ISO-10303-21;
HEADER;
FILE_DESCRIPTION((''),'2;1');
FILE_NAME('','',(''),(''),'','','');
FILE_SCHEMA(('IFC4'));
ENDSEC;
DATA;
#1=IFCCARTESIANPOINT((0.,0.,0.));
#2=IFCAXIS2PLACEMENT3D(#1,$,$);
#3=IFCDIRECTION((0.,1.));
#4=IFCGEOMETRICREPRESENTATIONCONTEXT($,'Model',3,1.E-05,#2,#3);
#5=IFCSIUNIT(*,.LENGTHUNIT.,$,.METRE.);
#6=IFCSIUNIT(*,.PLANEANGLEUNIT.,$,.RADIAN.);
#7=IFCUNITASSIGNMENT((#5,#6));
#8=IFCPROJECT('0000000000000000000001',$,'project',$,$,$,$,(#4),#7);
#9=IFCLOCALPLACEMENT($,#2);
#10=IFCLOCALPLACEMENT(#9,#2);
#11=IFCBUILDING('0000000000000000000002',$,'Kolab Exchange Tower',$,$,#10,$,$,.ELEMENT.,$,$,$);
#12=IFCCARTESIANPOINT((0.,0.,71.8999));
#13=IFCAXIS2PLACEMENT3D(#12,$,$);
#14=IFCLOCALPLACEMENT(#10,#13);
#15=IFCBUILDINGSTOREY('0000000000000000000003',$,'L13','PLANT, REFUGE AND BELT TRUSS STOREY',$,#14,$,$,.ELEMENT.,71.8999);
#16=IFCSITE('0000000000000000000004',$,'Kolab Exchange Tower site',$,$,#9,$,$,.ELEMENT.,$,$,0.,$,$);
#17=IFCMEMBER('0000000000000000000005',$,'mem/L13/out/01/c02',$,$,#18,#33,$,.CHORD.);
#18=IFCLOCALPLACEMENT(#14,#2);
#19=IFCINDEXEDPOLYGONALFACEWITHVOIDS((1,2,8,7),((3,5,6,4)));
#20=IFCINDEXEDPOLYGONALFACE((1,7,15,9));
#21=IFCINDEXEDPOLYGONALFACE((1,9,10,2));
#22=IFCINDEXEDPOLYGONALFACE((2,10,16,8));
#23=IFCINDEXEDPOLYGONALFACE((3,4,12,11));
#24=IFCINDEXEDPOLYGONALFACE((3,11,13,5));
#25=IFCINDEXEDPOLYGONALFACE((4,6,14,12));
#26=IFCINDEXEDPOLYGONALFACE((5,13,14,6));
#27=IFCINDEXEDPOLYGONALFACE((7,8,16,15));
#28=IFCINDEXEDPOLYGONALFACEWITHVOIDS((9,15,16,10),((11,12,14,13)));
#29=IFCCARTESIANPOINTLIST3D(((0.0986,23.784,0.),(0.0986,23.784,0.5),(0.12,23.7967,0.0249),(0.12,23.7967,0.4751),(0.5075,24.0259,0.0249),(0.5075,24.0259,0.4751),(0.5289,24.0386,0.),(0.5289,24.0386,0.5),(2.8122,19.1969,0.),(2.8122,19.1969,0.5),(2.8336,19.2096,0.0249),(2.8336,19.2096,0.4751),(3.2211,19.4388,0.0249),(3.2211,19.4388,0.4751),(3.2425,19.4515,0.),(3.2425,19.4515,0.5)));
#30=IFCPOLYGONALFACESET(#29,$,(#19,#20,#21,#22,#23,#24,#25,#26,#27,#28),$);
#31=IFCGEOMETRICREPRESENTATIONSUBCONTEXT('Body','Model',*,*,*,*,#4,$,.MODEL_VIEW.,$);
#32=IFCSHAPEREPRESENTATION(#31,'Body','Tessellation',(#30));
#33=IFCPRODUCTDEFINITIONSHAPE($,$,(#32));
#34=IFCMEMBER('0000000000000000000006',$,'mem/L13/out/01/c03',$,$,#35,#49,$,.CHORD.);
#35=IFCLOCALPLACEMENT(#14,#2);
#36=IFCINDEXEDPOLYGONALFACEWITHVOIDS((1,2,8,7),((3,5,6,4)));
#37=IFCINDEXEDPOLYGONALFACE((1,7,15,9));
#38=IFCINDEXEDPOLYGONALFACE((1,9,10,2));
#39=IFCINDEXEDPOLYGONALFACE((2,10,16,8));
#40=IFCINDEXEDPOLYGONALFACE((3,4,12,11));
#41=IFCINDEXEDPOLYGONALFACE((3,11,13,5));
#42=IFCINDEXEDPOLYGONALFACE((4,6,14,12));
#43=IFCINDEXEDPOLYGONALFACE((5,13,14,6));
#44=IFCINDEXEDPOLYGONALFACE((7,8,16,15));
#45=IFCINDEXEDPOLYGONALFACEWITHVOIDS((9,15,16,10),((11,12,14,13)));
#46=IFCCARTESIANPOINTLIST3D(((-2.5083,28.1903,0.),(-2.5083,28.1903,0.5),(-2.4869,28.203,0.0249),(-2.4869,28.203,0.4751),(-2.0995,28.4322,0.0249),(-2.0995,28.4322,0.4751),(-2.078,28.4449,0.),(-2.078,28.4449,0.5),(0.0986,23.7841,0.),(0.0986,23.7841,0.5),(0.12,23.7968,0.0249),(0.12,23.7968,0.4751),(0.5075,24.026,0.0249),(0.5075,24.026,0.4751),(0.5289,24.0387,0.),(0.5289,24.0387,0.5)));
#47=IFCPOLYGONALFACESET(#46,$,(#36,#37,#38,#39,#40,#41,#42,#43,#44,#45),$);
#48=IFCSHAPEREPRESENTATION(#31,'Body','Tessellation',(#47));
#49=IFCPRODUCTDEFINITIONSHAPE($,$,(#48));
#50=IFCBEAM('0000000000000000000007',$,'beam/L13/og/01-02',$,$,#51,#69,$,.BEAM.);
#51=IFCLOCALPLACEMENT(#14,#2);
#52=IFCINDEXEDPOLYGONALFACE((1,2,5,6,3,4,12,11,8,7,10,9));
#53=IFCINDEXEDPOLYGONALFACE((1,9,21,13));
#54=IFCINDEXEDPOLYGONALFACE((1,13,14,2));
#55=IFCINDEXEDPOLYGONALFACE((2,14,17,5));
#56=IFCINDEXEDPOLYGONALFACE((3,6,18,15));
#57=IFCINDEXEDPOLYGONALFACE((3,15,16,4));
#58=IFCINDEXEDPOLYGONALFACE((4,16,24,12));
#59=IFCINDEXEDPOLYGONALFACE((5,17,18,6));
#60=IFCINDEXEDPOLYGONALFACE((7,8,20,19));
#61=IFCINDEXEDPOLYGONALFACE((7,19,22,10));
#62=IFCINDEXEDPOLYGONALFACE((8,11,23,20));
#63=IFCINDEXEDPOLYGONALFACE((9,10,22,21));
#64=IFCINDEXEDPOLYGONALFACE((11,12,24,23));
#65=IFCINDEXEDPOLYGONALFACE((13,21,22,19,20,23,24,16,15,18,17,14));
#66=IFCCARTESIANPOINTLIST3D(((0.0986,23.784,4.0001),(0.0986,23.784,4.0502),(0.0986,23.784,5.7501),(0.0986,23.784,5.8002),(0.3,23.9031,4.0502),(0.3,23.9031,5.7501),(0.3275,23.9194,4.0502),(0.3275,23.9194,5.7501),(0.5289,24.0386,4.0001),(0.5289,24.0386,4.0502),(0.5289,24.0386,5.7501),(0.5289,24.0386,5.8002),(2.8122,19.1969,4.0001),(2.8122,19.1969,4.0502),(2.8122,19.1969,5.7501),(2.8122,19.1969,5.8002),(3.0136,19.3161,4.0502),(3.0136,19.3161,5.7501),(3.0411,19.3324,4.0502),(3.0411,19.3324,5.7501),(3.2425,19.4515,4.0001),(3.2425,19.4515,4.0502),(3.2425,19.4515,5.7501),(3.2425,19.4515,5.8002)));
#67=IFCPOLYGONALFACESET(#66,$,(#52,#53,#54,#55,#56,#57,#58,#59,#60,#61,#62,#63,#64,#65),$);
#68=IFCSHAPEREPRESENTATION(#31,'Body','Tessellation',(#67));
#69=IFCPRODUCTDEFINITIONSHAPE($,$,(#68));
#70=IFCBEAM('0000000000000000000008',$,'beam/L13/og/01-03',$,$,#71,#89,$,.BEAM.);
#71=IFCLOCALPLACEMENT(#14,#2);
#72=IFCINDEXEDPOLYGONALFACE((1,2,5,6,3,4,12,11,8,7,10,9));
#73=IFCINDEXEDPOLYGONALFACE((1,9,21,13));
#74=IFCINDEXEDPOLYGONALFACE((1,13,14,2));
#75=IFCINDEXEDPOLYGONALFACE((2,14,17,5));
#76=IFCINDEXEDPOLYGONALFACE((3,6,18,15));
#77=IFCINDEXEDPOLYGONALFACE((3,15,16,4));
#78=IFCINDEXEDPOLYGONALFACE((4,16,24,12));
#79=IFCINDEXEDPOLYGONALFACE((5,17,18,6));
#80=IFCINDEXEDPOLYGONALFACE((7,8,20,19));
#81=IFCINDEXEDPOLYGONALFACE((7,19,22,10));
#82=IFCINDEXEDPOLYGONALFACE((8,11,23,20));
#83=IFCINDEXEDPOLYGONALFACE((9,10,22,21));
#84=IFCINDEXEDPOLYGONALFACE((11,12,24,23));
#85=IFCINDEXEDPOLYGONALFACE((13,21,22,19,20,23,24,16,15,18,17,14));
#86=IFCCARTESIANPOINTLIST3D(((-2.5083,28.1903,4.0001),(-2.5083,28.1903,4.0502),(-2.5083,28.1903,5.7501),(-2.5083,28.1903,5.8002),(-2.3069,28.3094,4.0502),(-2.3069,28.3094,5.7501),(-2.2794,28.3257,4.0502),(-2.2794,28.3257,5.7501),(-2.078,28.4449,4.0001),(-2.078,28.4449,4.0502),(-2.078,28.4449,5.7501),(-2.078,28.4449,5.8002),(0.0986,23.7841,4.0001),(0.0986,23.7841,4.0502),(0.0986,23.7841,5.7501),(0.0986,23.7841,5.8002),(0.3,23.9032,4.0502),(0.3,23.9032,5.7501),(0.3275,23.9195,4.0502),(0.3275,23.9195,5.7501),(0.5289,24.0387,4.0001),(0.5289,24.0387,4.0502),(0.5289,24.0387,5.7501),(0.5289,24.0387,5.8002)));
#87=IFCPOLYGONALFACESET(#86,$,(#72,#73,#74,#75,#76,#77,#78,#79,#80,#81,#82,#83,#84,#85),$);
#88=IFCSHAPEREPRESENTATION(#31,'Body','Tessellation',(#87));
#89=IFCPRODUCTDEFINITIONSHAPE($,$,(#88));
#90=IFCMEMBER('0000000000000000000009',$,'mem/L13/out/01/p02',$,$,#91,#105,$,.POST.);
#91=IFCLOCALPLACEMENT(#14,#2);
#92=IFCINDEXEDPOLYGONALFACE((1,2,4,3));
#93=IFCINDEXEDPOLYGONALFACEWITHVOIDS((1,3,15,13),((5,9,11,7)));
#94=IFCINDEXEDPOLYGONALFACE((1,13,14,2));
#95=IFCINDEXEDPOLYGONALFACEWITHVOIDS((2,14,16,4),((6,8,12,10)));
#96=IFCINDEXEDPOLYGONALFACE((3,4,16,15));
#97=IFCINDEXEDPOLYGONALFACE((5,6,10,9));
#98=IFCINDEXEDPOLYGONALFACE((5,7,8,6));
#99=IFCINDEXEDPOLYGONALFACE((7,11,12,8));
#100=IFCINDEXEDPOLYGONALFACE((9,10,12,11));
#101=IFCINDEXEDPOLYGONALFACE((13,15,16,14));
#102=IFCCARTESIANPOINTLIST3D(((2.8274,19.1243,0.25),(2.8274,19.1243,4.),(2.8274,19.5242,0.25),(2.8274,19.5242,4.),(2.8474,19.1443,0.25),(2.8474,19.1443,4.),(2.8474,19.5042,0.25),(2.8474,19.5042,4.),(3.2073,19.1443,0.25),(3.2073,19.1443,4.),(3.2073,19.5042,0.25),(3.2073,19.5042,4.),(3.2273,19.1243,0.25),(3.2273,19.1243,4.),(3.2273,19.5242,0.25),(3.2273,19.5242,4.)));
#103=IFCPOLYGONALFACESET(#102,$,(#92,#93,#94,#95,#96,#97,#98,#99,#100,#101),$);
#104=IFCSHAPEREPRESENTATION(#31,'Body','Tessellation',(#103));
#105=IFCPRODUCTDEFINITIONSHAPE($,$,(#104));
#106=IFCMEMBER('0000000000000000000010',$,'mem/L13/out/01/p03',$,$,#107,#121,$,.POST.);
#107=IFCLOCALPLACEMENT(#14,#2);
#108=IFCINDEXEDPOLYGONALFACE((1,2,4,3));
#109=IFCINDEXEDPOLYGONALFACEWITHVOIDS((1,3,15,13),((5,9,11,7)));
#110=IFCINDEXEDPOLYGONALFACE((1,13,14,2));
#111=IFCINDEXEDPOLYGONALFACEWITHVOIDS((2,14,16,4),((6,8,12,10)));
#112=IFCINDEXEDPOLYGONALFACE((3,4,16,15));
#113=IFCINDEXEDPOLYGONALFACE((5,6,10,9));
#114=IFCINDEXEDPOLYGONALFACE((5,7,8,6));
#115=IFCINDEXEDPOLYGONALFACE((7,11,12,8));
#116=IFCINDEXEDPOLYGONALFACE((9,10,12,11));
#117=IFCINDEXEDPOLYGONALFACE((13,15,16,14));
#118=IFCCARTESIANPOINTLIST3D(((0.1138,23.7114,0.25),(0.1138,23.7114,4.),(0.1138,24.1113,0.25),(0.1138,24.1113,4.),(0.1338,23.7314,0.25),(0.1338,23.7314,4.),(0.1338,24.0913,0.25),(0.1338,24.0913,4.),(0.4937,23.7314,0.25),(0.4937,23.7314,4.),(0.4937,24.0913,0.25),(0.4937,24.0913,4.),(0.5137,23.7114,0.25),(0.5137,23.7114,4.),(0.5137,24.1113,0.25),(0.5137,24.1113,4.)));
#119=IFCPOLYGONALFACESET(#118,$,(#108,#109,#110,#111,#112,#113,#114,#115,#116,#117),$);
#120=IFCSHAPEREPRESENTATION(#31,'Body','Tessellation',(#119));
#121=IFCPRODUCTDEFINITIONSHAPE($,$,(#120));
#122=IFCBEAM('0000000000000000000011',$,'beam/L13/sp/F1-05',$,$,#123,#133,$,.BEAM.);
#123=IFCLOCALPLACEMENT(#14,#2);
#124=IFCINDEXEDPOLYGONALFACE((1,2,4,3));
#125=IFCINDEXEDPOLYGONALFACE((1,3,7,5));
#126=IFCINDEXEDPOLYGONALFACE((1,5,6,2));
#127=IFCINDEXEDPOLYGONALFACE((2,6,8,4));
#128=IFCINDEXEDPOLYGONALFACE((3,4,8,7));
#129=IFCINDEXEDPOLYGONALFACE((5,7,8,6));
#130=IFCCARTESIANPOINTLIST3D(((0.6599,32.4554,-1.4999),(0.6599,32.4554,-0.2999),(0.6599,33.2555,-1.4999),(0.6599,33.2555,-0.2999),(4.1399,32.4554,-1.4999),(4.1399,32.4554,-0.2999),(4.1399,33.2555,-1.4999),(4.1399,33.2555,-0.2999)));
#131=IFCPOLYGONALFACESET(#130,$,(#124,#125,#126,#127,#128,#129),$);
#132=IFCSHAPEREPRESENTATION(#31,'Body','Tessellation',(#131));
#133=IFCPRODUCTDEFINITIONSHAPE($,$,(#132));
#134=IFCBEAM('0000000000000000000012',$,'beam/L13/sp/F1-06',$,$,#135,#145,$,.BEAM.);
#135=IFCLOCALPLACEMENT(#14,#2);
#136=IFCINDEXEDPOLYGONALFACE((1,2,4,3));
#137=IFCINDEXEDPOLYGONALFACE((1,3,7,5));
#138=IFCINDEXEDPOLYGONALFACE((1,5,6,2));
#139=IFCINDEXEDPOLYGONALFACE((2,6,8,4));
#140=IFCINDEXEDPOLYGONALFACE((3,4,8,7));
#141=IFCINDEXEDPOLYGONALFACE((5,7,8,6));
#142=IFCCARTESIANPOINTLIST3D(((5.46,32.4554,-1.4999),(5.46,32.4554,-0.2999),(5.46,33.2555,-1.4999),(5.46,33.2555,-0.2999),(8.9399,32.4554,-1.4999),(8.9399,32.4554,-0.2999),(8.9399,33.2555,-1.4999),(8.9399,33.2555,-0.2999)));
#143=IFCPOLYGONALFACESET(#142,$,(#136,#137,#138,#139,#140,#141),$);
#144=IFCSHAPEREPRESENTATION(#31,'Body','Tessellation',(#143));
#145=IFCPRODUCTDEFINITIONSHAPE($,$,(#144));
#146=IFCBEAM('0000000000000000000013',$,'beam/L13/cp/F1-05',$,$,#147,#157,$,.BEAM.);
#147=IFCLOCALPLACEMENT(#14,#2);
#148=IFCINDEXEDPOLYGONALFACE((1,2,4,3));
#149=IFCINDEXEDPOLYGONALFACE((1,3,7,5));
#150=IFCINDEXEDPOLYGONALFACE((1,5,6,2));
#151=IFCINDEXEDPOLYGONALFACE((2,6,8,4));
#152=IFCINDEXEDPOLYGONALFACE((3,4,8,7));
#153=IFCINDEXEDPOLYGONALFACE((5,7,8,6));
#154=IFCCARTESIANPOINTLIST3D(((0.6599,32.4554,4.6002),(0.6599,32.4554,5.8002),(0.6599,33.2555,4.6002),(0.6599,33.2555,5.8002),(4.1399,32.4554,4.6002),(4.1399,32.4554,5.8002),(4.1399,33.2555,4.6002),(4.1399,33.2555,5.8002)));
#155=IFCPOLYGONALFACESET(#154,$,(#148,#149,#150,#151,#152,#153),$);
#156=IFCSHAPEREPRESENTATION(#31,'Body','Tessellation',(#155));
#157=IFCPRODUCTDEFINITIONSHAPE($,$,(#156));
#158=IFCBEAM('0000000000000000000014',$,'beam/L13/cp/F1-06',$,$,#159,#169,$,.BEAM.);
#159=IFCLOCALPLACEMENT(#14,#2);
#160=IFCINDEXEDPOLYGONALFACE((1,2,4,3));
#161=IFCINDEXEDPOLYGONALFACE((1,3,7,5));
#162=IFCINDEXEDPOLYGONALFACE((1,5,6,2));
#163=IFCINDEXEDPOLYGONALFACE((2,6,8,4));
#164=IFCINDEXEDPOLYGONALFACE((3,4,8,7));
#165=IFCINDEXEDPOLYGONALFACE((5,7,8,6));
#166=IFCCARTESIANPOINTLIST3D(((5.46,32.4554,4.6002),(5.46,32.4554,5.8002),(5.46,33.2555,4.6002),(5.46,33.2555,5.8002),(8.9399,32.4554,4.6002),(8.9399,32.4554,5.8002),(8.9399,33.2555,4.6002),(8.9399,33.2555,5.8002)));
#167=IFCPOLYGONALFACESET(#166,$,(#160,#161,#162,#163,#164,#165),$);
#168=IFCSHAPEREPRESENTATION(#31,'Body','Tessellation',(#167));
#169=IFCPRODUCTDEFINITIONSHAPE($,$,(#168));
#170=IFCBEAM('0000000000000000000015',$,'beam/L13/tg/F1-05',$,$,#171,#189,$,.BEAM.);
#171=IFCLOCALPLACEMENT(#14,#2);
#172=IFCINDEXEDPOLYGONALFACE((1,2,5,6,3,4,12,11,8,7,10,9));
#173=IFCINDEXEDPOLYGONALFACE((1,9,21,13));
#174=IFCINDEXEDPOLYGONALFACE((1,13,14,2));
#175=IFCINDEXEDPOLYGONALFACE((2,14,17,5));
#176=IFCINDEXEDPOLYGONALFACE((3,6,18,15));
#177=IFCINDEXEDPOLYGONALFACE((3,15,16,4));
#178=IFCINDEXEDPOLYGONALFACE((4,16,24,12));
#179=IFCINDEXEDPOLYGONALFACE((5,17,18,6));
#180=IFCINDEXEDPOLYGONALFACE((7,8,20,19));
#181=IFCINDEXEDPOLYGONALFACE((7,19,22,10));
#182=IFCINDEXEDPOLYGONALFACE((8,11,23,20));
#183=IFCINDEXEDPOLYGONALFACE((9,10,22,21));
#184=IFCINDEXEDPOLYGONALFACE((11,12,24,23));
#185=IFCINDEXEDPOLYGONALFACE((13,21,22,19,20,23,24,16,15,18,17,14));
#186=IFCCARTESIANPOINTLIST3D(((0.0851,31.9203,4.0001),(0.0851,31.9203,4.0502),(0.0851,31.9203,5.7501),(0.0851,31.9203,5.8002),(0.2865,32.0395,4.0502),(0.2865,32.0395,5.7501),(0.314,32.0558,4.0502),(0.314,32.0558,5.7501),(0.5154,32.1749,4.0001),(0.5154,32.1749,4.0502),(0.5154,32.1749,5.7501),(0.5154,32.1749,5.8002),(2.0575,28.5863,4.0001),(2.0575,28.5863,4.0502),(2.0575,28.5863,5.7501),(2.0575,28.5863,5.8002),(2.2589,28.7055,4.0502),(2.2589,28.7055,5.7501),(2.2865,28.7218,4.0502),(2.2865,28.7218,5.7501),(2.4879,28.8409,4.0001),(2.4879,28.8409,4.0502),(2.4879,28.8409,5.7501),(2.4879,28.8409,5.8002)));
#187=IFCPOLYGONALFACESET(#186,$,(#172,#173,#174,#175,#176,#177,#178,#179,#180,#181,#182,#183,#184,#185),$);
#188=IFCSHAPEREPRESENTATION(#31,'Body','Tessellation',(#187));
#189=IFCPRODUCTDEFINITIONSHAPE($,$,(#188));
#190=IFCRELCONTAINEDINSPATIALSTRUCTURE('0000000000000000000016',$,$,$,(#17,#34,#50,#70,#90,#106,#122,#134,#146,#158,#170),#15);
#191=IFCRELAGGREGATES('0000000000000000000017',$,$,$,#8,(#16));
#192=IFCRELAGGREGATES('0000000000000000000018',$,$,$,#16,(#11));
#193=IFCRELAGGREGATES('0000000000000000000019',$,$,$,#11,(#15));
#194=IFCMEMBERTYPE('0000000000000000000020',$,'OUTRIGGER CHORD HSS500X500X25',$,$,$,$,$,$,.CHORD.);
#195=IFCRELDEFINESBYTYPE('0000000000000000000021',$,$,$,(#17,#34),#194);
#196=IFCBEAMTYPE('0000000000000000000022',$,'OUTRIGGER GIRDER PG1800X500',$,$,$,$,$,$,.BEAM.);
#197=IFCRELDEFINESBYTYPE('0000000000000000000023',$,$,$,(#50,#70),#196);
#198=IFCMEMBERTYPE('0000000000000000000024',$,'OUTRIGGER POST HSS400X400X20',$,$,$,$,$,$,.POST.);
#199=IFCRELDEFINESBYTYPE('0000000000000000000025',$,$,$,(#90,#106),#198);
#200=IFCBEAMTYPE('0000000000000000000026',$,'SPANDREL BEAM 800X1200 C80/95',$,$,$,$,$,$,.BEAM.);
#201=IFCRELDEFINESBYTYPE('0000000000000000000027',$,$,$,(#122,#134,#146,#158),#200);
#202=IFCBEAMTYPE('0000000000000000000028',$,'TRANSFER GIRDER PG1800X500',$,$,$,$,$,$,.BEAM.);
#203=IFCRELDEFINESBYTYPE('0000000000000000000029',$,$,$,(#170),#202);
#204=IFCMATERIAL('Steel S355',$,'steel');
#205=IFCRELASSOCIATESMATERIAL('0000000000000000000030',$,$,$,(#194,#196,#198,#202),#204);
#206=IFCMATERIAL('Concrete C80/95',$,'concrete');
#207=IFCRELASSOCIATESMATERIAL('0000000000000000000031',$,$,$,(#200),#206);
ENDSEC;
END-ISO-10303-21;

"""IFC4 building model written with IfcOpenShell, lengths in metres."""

from ifc_helpers import new_model, si_unit, direction, frame, origin, origin_2d, place, context, subcontext, project, spatial, rectangle, hollow_rectangle, i_section, extrude, material, material_profile, profile_set, type_object, element, save


model = new_model("IFC4")

# Units and contexts
model_context = context("Model", 3, precision=1e-05, world=origin(), true_north=direction((0.0, 1.0)))
body_context = subcontext(model_context, "Body", "Model", "MODEL_VIEW")
ifc_project = project(units=[si_unit("LENGTHUNIT", "METRE"), si_unit("PLANEANGLEUNIT", "RADIAN")], contexts=[model_context])

# Site, building, storey
site_placement = place(None, origin())
site = spatial("IfcSite", under=ifc_project, at=site_placement, Name="Kolab Exchange Tower site", CompositionType="ELEMENT", RefElevation=0.0)
building_placement = place(site_placement, origin())
building = spatial("IfcBuilding", under=site, at=building_placement, Name="Kolab Exchange Tower", CompositionType="ELEMENT")
storey_placement = place(building_placement, frame((0.0, 0.0, 71.8999)))
storey = spatial("IfcBuildingStorey", under=building, at=storey_placement, Name="L13", Description="PLANT, REFUGE AND BELT TRUSS STOREY", CompositionType="ELEMENT", Elevation=71.8999)

# Shared definitions
ifc_material_1 = material(Name="Concrete C80/95", Category="concrete")

# Shared definitions
ifc_material_2 = material(Name="Steel S355", Category="steel")

# Members
ifc_material_profile_1 = material_profile(ifc_material_2, hollow_rectangle(XDim=0.5, YDim=0.5, WallThickness=0.0249, at=origin_2d()), Name="HSS500X500X25")
ifc_profile_set_1 = profile_set([ifc_material_profile_1], Name="Steel S355")
member_type_1 = type_object("IfcMemberType", Name="OUTRIGGER CHORD HSS500X500X25", PredefinedType="CHORD", material=ifc_profile_set_1)
member_1_placement = place(storey_placement, frame((3.0273, 19.3242, 0.25), z_axis=(-0.509151, 0.860677, 0.0), x_axis=(-0.860677, -0.509151, 0.0)))
element("IfcMember", 1, at=member_1_placement, inside=storey, type_object=member_type_1, Name="mem/L13/out/01/c02", PredefinedType="CHORD", context=body_context, shape_type="SweptSolid", body=[
    extrude(hollow_rectangle(XDim=0.5, YDim=0.5, WallThickness=0.0249, at=origin_2d()), origin(), (0.0, 0.0, 1.0), 5.3296),
])
member_2_placement = place(storey_placement, frame((0.3137, 23.9114, 0.25), z_axis=(-0.509198, 0.860649, 0.0), x_axis=(-0.860649, -0.509198, 0.0)))
element("IfcMember", 2, at=member_2_placement, inside=storey, type_object=member_type_1, Name="mem/L13/out/01/c03", PredefinedType="CHORD", context=body_context, shape_type="SweptSolid", body=[
    extrude(hollow_rectangle(XDim=0.5, YDim=0.5, WallThickness=0.0249, at=origin_2d()), origin(), (0.0, 0.0, 1.0), 5.1196),
])

# Beams
ifc_material_profile_2 = material_profile(ifc_material_2, i_section(OverallWidth=0.5, OverallDepth=1.8, WebThickness=0.032, FlangeThickness=0.05, at=origin_2d()), Name="PG1800X500")
ifc_profile_set_2 = profile_set([ifc_material_profile_2], Name="Steel S355")
beam_type_1 = type_object("IfcBeamType", Name="OUTRIGGER GIRDER PG1800X500", PredefinedType="BEAM", material=ifc_profile_set_2)
beam_1_placement = place(storey_placement, frame((3.0273, 19.3242, 4.9001), z_axis=(-0.509151, 0.860677, 0.0), x_axis=(-0.860677, -0.509151, 0.0)))
element("IfcBeam", 3, at=beam_1_placement, inside=storey, type_object=beam_type_1, Name="beam/L13/og/01-02", PredefinedType="BEAM", context=body_context, shape_type="SweptSolid", body=[
    extrude(i_section(OverallWidth=0.5, OverallDepth=1.8, WebThickness=0.032, FlangeThickness=0.05, at=origin_2d()), origin(), (0.0, 0.0, 1.0), 5.3296),
])
beam_2_placement = place(storey_placement, frame((0.3137, 23.9114, 4.9001), z_axis=(-0.509198, 0.860649, 0.0), x_axis=(-0.860649, -0.509198, 0.0)))
element("IfcBeam", 4, at=beam_2_placement, inside=storey, type_object=beam_type_1, Name="beam/L13/og/01-03", PredefinedType="BEAM", context=body_context, shape_type="SweptSolid", body=[
    extrude(i_section(OverallWidth=0.5, OverallDepth=1.8, WebThickness=0.032, FlangeThickness=0.05, at=origin_2d()), origin(), (0.0, 0.0, 1.0), 5.1196),
])

# Members
ifc_material_profile_3 = material_profile(ifc_material_2, hollow_rectangle(XDim=0.3999, YDim=0.3999, WallThickness=0.02, at=origin_2d()), Name="HSS400X400X20")
ifc_profile_set_3 = profile_set([ifc_material_profile_3], Name="Steel S355")
member_type_2 = type_object("IfcMemberType", Name="OUTRIGGER POST HSS400X400X20", PredefinedType="POST", material=ifc_profile_set_3)
for number, where, z_axis, x_axis, name in (
    (5, (3.0273, 19.3242, 0.25), (0.0, 0.0, 1.0), (1.0, 0.0, 0.0), "mem/L13/out/01/p02"),
    (6, (0.3137, 23.9114, 0.25), (0.0, 0.0, 1.0), (1.0, 0.0, 0.0), "mem/L13/out/01/p03"),
):
    element("IfcMember", number, at=place(storey_placement, frame(where, z_axis=z_axis, x_axis=x_axis)), inside=storey, type_object=member_type_2, Name=name, PredefinedType="POST", context=body_context, shape_type="SweptSolid", body=[
        extrude(hollow_rectangle(XDim=0.3999, YDim=0.3999, WallThickness=0.02, at=origin_2d()), origin(), (0.0, 0.0, 1.0), 3.75),
    ])

# Beams
ifc_material_profile_4 = material_profile(ifc_material_1, rectangle(XDim=0.8, YDim=1.2, at=origin_2d()), Name="RC800X1200")
ifc_profile_set_4 = profile_set([ifc_material_profile_4], Name="Concrete C80/95")
beam_type_2 = type_object("IfcBeamType", Name="SPANDREL BEAM 800X1200 C80/95", PredefinedType="BEAM", material=ifc_profile_set_4)
for number, where, z_axis, x_axis, name in (
    (7, (0.6599, 32.8555, -0.8999), (1.0, 0.0, 0.0), (0.0, 1.0, 0.0), "beam/L13/sp/F1-05"),
    (8, (5.46, 32.8555, -0.8999), (1.0, 0.0, 0.0), (0.0, 1.0, 0.0), "beam/L13/sp/F1-06"),
    (9, (0.6599, 32.8555, 5.2002), (1.0, 0.0, 0.0), (0.0, 1.0, 0.0), "beam/L13/cp/F1-05"),
    (10, (5.46, 32.8555, 5.2002), (1.0, 0.0, 0.0), (0.0, 1.0, 0.0), "beam/L13/cp/F1-06"),
):
    element("IfcBeam", number, at=place(storey_placement, frame(where, z_axis=z_axis, x_axis=x_axis)), inside=storey, type_object=beam_type_2, Name=name, PredefinedType="BEAM", context=body_context, shape_type="SweptSolid", body=[
        extrude(rectangle(XDim=0.8, YDim=1.2, at=origin_2d()), origin(), (0.0, 0.0, 1.0), 3.48),
    ])
ifc_material_profile_5 = material_profile(ifc_material_2, i_section(OverallWidth=0.5, OverallDepth=1.8, WebThickness=0.032, FlangeThickness=0.05, at=origin_2d()), Name="PG1800X500")
ifc_profile_set_5 = profile_set([ifc_material_profile_5], Name="Steel S355")
beam_type_3 = type_object("IfcBeamType", Name="TRANSFER GIRDER PG1800X500", PredefinedType="BEAM", material=ifc_profile_set_5)
beam_3_placement = place(storey_placement, frame((2.2727, 28.7136, 4.9001), z_axis=(-0.509175, 0.860663, 0.0), x_axis=(-0.860663, -0.509175, 0.0)))
element("IfcBeam", 11, at=beam_3_placement, inside=storey, type_object=beam_type_3, Name="beam/L13/tg/F1-05", PredefinedType="BEAM", context=body_context, shape_type="SweptSolid", body=[
    extrude(i_section(OverallWidth=0.5, OverallDepth=1.8, WebThickness=0.032, FlangeThickness=0.05, at=origin_2d()), origin(), (0.0, 0.0, 1.0), 3.8738),
])

save(model, "model.ifc")
